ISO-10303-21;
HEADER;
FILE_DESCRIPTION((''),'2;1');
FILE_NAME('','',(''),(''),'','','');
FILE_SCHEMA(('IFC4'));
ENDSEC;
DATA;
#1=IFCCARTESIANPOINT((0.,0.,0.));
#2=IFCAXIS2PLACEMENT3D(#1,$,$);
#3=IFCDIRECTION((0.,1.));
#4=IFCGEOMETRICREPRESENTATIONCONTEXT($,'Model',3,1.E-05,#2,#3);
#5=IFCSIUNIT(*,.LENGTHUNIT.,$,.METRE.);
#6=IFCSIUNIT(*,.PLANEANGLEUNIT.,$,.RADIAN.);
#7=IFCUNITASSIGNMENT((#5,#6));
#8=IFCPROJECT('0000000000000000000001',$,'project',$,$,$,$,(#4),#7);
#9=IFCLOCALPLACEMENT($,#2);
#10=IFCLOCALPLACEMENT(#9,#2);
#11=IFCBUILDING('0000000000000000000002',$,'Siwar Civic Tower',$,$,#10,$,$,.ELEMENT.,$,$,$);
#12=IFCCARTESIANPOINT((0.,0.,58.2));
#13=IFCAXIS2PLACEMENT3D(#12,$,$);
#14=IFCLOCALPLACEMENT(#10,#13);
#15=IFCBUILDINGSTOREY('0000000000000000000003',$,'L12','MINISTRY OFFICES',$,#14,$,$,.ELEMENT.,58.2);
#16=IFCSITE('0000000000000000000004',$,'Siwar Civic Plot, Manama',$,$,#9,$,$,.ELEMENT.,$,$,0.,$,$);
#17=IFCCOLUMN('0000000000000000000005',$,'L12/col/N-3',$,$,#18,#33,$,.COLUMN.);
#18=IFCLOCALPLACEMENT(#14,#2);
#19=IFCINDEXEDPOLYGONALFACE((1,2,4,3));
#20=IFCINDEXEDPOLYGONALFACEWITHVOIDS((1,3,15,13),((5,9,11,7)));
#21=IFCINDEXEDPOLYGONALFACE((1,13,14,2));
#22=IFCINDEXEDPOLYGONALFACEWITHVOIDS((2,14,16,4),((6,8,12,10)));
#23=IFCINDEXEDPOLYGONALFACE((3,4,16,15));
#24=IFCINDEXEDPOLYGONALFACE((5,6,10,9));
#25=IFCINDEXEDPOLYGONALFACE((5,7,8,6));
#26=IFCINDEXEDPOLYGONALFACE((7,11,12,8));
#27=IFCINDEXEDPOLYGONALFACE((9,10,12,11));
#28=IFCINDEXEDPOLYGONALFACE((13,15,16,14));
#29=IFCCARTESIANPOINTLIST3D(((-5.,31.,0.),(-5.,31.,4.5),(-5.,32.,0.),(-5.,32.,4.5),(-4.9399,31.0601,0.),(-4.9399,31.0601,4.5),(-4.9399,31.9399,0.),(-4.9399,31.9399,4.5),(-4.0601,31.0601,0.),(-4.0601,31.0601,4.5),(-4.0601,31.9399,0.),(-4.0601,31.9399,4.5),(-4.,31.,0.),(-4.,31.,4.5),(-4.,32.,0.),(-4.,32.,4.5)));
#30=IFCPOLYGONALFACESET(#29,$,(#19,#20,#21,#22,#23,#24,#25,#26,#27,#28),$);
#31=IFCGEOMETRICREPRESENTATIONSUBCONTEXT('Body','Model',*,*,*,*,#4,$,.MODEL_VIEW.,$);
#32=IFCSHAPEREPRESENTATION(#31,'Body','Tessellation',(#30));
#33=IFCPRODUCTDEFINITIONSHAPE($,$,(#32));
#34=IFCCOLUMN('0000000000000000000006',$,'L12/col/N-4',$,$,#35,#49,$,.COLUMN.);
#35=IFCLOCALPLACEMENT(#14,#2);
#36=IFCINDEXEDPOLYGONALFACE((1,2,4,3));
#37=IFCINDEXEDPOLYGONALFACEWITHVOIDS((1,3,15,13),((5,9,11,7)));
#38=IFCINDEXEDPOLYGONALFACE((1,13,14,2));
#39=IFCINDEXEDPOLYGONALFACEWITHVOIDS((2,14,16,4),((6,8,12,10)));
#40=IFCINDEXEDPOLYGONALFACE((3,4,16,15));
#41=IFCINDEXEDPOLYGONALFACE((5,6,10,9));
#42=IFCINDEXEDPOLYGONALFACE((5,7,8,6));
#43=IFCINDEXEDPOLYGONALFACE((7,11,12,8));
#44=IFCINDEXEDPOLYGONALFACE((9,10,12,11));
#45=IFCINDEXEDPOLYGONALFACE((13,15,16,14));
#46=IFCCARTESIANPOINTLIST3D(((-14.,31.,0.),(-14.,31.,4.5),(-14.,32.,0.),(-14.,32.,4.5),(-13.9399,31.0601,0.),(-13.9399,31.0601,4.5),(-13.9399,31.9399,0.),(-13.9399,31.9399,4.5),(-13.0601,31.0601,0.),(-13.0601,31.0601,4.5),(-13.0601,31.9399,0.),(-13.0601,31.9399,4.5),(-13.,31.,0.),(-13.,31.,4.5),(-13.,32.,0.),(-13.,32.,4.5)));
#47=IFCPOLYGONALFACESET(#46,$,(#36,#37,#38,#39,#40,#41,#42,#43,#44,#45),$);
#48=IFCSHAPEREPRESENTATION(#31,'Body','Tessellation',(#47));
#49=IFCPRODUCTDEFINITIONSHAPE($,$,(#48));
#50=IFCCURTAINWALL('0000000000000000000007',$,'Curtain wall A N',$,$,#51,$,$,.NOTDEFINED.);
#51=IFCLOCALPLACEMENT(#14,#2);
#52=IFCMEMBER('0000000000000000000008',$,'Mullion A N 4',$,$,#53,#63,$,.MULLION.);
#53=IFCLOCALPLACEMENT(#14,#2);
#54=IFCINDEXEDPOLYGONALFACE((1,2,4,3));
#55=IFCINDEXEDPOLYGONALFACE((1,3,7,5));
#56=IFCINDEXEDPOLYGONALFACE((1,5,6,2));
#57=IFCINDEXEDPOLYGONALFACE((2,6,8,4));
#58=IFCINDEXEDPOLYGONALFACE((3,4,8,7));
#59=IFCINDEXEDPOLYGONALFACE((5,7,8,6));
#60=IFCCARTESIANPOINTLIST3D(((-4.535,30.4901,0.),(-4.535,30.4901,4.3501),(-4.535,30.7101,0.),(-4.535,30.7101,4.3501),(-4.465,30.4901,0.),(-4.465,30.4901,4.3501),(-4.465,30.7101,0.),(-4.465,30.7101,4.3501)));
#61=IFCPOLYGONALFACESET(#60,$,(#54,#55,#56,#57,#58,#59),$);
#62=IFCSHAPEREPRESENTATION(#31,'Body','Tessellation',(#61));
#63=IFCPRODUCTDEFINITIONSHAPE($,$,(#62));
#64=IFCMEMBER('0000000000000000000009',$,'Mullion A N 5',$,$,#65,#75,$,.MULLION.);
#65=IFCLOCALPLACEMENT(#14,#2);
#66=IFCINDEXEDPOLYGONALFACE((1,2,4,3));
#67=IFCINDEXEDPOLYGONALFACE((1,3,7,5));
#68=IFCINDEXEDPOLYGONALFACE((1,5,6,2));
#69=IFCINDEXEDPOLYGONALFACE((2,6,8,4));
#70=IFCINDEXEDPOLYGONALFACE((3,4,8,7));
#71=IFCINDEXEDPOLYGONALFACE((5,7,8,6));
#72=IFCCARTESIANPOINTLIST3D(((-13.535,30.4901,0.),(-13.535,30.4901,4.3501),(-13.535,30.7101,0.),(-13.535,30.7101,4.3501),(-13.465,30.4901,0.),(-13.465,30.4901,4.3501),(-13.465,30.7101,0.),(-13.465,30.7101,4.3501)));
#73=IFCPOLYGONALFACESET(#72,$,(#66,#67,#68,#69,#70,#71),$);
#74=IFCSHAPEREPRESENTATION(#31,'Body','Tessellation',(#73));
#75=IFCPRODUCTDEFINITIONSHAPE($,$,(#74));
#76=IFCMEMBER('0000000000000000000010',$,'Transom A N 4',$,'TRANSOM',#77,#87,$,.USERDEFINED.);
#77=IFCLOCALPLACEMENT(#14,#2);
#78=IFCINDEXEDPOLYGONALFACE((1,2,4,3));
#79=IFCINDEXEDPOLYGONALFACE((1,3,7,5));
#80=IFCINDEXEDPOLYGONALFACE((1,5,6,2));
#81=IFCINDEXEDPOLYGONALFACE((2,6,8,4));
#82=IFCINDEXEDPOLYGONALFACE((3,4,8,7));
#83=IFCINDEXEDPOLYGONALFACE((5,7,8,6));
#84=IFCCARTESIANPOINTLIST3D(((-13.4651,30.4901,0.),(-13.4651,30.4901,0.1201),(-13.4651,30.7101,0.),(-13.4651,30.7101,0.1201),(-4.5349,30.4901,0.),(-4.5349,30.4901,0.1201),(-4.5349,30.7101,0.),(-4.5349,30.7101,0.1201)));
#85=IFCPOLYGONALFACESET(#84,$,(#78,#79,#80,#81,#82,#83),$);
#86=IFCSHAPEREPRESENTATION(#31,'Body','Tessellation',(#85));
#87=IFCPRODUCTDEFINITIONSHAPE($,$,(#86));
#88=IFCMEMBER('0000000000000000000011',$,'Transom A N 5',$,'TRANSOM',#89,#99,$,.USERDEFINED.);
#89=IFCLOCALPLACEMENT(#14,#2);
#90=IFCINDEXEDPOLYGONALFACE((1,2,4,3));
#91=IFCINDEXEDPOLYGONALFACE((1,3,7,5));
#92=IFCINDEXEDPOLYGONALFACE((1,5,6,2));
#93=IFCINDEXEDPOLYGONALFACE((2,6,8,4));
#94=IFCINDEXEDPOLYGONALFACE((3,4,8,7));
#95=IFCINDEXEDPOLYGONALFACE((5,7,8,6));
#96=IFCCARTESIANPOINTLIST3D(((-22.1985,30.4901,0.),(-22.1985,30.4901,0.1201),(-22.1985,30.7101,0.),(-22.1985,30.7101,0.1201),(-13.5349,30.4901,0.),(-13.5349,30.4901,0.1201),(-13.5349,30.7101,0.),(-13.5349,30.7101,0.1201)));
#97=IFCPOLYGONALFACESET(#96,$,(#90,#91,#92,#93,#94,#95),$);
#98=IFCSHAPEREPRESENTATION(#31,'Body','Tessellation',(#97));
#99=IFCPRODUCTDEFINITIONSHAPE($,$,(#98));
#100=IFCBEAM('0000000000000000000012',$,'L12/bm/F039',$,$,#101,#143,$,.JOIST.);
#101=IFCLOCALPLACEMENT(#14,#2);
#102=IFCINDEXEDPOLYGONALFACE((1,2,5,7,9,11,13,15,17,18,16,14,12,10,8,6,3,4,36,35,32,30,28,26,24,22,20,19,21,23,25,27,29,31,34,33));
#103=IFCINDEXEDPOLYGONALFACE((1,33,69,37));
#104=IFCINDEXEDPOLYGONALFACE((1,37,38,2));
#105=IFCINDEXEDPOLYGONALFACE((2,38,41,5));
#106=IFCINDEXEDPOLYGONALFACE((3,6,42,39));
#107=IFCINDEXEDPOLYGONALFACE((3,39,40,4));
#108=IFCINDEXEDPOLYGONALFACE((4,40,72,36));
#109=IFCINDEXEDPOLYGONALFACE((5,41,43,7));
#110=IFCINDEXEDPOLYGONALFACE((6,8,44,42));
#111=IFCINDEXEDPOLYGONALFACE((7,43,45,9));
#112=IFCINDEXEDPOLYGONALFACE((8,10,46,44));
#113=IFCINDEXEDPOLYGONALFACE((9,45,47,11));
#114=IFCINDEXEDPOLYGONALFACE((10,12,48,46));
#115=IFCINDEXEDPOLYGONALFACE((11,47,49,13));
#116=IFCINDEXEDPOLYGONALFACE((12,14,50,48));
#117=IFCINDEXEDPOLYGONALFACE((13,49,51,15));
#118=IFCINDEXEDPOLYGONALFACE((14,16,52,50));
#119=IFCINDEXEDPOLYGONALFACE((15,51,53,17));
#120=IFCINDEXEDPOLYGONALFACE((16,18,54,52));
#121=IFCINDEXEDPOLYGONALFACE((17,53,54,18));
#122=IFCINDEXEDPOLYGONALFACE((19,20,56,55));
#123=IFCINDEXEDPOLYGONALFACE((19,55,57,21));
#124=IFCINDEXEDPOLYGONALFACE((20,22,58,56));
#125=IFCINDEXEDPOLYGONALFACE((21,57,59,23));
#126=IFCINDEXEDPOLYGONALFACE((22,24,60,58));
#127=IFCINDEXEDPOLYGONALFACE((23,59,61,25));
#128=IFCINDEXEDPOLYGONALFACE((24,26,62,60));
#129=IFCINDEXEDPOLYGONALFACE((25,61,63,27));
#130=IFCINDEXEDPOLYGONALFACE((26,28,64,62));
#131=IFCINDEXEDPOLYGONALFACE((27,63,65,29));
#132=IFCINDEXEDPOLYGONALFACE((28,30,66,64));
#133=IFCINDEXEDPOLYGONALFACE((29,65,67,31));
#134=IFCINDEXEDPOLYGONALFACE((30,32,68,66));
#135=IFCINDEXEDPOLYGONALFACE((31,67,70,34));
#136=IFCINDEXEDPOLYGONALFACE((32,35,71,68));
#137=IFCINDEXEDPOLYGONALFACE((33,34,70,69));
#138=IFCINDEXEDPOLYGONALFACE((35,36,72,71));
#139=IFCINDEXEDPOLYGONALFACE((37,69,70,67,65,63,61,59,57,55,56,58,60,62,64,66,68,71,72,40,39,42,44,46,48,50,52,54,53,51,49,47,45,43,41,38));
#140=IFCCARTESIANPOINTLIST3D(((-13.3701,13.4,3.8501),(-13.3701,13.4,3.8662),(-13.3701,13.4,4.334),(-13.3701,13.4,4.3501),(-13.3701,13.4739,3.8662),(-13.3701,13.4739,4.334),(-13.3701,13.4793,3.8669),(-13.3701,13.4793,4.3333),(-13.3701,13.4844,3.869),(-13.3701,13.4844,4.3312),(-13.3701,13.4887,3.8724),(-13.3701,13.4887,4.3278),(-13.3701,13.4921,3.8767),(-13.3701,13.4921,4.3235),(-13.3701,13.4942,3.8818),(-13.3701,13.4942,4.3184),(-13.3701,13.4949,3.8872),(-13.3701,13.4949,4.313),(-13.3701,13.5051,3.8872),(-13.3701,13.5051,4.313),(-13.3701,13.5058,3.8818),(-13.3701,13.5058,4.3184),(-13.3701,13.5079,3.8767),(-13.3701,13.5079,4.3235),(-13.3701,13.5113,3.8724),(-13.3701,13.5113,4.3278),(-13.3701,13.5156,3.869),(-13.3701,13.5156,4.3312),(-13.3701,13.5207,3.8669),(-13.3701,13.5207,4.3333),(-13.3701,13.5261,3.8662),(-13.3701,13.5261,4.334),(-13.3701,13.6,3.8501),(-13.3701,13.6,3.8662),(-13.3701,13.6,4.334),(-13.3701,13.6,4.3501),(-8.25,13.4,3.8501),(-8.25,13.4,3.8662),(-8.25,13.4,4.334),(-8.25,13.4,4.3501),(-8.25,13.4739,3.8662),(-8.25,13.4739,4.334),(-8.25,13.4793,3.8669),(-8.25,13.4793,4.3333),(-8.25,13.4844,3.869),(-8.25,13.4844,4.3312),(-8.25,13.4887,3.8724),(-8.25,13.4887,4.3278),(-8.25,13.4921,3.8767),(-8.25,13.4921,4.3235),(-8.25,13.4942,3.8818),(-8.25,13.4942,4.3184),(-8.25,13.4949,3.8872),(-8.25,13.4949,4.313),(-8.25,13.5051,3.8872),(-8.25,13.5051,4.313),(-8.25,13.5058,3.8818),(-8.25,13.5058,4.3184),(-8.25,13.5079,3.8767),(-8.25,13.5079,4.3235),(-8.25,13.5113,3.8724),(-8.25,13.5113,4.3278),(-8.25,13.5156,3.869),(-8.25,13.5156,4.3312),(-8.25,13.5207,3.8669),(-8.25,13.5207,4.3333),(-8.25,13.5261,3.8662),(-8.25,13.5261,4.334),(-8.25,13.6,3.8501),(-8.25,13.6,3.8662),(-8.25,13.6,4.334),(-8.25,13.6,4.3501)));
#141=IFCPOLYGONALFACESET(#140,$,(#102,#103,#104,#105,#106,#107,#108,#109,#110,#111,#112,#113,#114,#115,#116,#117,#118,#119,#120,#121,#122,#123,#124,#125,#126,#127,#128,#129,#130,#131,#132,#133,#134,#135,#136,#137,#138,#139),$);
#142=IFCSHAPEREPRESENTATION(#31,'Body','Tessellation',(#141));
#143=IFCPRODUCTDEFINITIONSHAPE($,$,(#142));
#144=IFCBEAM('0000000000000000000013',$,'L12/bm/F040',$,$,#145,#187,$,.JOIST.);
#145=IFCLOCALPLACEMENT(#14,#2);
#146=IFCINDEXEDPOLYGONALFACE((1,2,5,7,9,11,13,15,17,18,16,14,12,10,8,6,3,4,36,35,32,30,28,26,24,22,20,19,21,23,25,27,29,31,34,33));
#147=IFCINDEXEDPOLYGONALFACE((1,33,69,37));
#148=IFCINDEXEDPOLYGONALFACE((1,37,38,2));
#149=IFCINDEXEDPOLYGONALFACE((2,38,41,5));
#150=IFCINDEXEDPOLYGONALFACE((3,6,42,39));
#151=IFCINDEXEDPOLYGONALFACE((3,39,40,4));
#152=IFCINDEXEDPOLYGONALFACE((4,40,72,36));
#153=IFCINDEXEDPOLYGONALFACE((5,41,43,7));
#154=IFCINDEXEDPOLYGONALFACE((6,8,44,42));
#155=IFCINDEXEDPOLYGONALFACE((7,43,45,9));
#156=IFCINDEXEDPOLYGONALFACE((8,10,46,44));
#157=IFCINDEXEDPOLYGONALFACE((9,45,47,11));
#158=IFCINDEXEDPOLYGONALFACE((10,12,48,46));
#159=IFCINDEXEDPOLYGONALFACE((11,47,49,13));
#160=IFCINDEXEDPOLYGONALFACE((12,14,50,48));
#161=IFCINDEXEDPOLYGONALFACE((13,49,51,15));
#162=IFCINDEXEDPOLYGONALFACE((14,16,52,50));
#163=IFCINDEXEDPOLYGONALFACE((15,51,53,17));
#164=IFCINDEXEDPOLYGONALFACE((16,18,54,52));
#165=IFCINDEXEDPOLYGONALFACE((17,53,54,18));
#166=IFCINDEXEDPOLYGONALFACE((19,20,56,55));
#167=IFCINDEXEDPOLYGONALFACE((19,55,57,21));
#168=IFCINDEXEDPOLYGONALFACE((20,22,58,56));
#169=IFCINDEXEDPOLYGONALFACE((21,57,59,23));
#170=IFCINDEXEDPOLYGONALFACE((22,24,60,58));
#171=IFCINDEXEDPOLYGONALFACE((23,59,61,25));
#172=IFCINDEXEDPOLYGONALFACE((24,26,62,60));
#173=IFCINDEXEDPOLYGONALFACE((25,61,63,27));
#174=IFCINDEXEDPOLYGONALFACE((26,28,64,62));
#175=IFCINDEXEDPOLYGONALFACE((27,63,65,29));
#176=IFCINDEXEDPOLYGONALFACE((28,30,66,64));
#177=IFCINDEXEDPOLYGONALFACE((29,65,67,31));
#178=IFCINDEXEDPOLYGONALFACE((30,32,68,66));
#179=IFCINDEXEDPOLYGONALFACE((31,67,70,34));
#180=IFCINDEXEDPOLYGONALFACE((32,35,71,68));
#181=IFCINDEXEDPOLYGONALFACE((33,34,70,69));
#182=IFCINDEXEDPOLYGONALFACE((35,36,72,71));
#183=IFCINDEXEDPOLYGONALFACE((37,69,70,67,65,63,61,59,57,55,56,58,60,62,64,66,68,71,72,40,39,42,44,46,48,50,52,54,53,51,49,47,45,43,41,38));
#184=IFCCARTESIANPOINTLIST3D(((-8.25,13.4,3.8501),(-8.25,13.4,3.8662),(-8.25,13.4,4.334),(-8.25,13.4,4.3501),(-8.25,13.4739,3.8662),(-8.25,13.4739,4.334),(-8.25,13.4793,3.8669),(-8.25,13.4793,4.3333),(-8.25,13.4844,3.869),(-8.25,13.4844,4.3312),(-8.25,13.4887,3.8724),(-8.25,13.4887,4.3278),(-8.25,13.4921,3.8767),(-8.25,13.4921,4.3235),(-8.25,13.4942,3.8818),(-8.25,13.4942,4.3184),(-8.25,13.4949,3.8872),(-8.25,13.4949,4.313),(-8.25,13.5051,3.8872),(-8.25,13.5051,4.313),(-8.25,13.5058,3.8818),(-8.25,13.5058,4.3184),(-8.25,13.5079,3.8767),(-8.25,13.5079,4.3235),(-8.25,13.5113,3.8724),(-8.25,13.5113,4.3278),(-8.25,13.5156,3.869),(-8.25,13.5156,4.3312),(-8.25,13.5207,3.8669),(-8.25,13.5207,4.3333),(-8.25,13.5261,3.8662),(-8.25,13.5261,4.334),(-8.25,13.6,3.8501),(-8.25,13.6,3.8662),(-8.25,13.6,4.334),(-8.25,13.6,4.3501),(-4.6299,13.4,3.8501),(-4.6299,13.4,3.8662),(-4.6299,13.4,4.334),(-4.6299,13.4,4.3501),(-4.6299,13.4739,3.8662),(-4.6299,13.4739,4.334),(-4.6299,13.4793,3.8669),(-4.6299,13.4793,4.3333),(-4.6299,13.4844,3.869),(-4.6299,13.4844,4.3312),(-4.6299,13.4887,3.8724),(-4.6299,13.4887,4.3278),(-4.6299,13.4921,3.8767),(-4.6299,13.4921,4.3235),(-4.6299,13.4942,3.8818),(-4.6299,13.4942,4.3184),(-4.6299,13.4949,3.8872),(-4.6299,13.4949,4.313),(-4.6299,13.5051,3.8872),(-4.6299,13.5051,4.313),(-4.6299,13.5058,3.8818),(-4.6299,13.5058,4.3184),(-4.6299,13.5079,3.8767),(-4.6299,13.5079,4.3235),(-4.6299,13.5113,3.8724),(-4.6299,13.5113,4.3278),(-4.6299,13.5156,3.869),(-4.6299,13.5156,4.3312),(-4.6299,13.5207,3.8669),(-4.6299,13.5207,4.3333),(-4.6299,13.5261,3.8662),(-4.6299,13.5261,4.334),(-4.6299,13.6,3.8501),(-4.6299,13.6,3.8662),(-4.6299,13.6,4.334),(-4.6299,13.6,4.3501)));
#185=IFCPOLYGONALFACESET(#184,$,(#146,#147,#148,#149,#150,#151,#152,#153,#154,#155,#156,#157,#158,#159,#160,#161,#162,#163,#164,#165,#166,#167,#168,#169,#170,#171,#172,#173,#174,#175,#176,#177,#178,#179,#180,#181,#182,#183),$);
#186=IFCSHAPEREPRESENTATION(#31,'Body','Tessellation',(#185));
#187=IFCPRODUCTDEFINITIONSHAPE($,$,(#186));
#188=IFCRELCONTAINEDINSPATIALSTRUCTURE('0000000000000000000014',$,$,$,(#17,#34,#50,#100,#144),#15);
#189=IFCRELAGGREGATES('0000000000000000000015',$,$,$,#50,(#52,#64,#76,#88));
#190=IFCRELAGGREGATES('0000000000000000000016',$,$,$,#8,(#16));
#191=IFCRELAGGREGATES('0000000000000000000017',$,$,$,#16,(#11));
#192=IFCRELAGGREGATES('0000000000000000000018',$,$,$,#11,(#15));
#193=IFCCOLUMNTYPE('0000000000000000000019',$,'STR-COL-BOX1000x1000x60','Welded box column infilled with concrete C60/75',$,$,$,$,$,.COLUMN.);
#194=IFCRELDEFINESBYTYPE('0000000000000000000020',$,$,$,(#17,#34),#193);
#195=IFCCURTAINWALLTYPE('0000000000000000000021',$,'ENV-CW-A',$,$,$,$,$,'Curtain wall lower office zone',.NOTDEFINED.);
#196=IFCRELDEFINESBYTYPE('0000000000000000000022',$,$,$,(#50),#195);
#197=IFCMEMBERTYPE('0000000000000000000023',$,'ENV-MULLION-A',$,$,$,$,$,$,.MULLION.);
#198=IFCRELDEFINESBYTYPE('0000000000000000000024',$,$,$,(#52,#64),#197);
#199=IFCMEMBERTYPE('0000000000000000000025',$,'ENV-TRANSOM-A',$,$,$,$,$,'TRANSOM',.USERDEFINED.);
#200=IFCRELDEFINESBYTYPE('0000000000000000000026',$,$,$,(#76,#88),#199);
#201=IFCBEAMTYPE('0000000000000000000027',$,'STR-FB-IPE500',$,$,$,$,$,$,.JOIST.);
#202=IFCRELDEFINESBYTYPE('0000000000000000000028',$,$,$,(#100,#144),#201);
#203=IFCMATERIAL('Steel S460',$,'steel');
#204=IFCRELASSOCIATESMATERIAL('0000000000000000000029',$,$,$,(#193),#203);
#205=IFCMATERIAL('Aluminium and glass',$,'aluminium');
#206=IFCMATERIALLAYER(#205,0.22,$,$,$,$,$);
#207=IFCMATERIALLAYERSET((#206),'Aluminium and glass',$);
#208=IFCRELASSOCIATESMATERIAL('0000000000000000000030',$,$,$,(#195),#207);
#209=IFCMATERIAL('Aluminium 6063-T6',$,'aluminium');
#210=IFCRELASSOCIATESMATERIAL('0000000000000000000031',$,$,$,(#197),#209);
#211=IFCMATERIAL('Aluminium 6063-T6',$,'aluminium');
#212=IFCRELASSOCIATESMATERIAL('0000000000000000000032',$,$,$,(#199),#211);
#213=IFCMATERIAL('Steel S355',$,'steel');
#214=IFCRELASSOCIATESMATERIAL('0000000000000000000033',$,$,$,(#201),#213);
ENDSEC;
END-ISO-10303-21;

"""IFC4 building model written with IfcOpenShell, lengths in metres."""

from ifc_helpers import new_model, si_unit, direction, frame, origin, origin_2d, place, context, subcontext, project, spatial, rectangle, hollow_rectangle, i_section, extrude, material, layer, layer_set, material_profile, profile_set, type_object, element, aggregate, save


model = new_model("IFC4")

# Units and contexts
model_context = context("Model", 3, precision=1e-05, world=origin(), true_north=direction((0.0, 1.0)))
body_context = subcontext(model_context, "Body", "Model", "MODEL_VIEW")
ifc_project = project(units=[si_unit("LENGTHUNIT", "METRE"), si_unit("PLANEANGLEUNIT", "RADIAN")], contexts=[model_context])

# Site, building, storey
site_placement = place(None, origin())
site = spatial("IfcSite", under=ifc_project, at=site_placement, Name="Siwar Civic Plot, Manama", CompositionType="ELEMENT", RefElevation=0.0)
building_placement = place(site_placement, origin())
building = spatial("IfcBuilding", under=site, at=building_placement, Name="Siwar Civic Tower", CompositionType="ELEMENT")
storey_placement = place(building_placement, frame((0.0, 0.0, 58.2)))
storey = spatial("IfcBuildingStorey", under=building, at=storey_placement, Name="L12", Description="MINISTRY OFFICES", CompositionType="ELEMENT", Elevation=58.2)

# Columns
ifc_material_1 = material(Name="Steel S460", Category="steel")
ifc_material_profile_1 = material_profile(ifc_material_1, hollow_rectangle(XDim=1.0, YDim=1.0, WallThickness=0.0601, at=origin_2d()), Name="BOX1000x1000x60")
ifc_profile_set_1 = profile_set([ifc_material_profile_1], Name="Steel S460")
column_type = type_object("IfcColumnType", Name="STR-COL-BOX1000x1000x60", Description="Welded box column infilled with concrete C60/75", PredefinedType="COLUMN", material=ifc_profile_set_1)
for number, where, z_axis, x_axis, name in (
    (1, (-4.5, 31.5, 0.0), (0.0, 0.0, 1.0), (1.0, 0.0, 0.0), "L12/col/N-3"),
    (2, (-13.5, 31.5, 0.0), (0.0, 0.0, 1.0), (1.0, 0.0, 0.0), "L12/col/N-4"),
):
    element("IfcColumn", number, at=place(storey_placement, frame(where, z_axis=z_axis, x_axis=x_axis)), inside=storey, type_object=column_type, Name=name, PredefinedType="COLUMN", context=body_context, shape_type="SweptSolid", body=[
        extrude(hollow_rectangle(XDim=1.0, YDim=1.0, WallThickness=0.0601, at=origin_2d()), origin(), (0.0, 0.0, 1.0), 4.5),
    ])

# Curtain wall, members
ifc_material_2 = material(Name="Aluminium and glass", Category="aluminium")
ifc_layer_1 = layer(ifc_material_2, 0.22)
ifc_layer_set_1 = layer_set([ifc_layer_1], Name="Aluminium and glass")
curtain_wall_type = type_object("IfcCurtainWallType", Name="ENV-CW-A", ElementType="Curtain wall lower office zone", PredefinedType="NOTDEFINED", material=ifc_layer_set_1)
curtain_wall_placement = place(storey_placement, origin())
curtain_wall = element("IfcCurtainWall", 3, at=curtain_wall_placement, inside=storey, type_object=curtain_wall_type, Name="Curtain wall A N", PredefinedType="NOTDEFINED")
ifc_material_3 = material(Name="Aluminium 6063-T6", Category="aluminium")
ifc_material_profile_2 = material_profile(ifc_material_3, rectangle(XDim=0.22, YDim=0.0701, at=origin_2d()), Name="AL 220x70")
ifc_profile_set_2 = profile_set([ifc_material_profile_2], Name="Aluminium 6063-T6")
member_type_1 = type_object("IfcMemberType", Name="ENV-MULLION-A", PredefinedType="MULLION", material=ifc_profile_set_2)
member_1_placement = place(storey_placement, frame((-4.5, 30.6001, 0.0), z_axis=(0.0, 0.0, 1.0), x_axis=(0.0, -1.0, 0.0)))
member_1 = element("IfcMember", 4, at=member_1_placement, type_object=member_type_1, Name="Mullion A N 4", PredefinedType="MULLION", context=body_context, shape_type="SweptSolid", body=[
    extrude(rectangle(XDim=0.22, YDim=0.0701, at=origin_2d()), origin(), (0.0, 0.0, 1.0), 4.3501),
])
member_2_placement = place(storey_placement, frame((-13.5, 30.6001, 0.0), z_axis=(0.0, 0.0, 1.0), x_axis=(0.0, -1.0, 0.0)))
member_2 = element("IfcMember", 5, at=member_2_placement, type_object=member_type_1, Name="Mullion A N 5", PredefinedType="MULLION", context=body_context, shape_type="SweptSolid", body=[
    extrude(rectangle(XDim=0.22, YDim=0.0701, at=origin_2d()), origin(), (0.0, 0.0, 1.0), 4.3501),
])
ifc_material_4 = material(Name="Aluminium 6063-T6", Category="aluminium")
ifc_material_profile_3 = material_profile(ifc_material_4, rectangle(XDim=0.22, YDim=0.1201, at=origin_2d()), Name="AL 220x120")
ifc_profile_set_3 = profile_set([ifc_material_profile_3], Name="Aluminium 6063-T6")
member_type_2 = type_object("IfcMemberType", Name="ENV-TRANSOM-A", ElementType="TRANSOM", PredefinedType="USERDEFINED", material=ifc_profile_set_3)
member_3_placement = place(storey_placement, frame((-4.5349, 30.6001, 0.0601), z_axis=(-1.0, 0.0, 0.0), x_axis=(0.0, -1.0, 0.0)))
member_3 = element("IfcMember", 6, at=member_3_placement, type_object=member_type_2, Name="Transom A N 4", ObjectType="TRANSOM", PredefinedType="USERDEFINED", context=body_context, shape_type="SweptSolid", body=[
    extrude(rectangle(XDim=0.22, YDim=0.1201, at=origin_2d()), origin(), (0.0, 0.0, 1.0), 8.9302),
])
member_4_placement = place(storey_placement, frame((-13.5349, 30.6001, 0.0601), z_axis=(-1.0, 0.0, 0.0), x_axis=(0.0, -1.0, 0.0)))
member_4 = element("IfcMember", 7, at=member_4_placement, type_object=member_type_2, Name="Transom A N 5", ObjectType="TRANSOM", PredefinedType="USERDEFINED", context=body_context, shape_type="SweptSolid", body=[
    extrude(rectangle(XDim=0.22, YDim=0.1201, at=origin_2d()), origin(), (0.0, 0.0, 1.0), 8.6636),
])

# Beams
ifc_material_5 = material(Name="Steel S355", Category="steel")
ifc_material_profile_4 = material_profile(ifc_material_5, i_section(OverallWidth=0.2, OverallDepth=0.5, WebThickness=0.0103, FlangeThickness=0.0161, FilletRadius=0.021, at=origin_2d()), Name="IPE500")
ifc_profile_set_4 = profile_set([ifc_material_profile_4], Name="Steel S355")
beam_type_1 = type_object("IfcBeamType", Name="STR-FB-IPE500", PredefinedType="JOIST", material=ifc_profile_set_4)
beam_1_placement = place(storey_placement, frame((-13.3701, 13.5, 4.1001), z_axis=(1.0, 0.0, 0.0), x_axis=(0.0, 1.0, 0.0)))
element("IfcBeam", 8, at=beam_1_placement, inside=storey, type_object=beam_type_1, Name="L12/bm/F039", PredefinedType="JOIST", context=body_context, shape_type="SweptSolid", body=[
    extrude(i_section(OverallWidth=0.2, OverallDepth=0.5, WebThickness=0.0103, FlangeThickness=0.0161, FilletRadius=0.021, at=origin_2d()), origin(), (0.0, 0.0, 1.0), 5.1201),
])
beam_2_placement = place(storey_placement, frame((-8.25, 13.5, 4.1001), z_axis=(1.0, 0.0, 0.0), x_axis=(0.0, 1.0, 0.0)))
element("IfcBeam", 9, at=beam_2_placement, inside=storey, type_object=beam_type_1, Name="L12/bm/F040", PredefinedType="JOIST", context=body_context, shape_type="SweptSolid", body=[
    extrude(i_section(OverallWidth=0.2, OverallDepth=0.5, WebThickness=0.0103, FlangeThickness=0.0161, FilletRadius=0.021, at=origin_2d()), origin(), (0.0, 0.0, 1.0), 3.6201),
])

aggregate(curtain_wall, [member_1, member_2, member_3, member_4])

save(model, "model.ifc")
